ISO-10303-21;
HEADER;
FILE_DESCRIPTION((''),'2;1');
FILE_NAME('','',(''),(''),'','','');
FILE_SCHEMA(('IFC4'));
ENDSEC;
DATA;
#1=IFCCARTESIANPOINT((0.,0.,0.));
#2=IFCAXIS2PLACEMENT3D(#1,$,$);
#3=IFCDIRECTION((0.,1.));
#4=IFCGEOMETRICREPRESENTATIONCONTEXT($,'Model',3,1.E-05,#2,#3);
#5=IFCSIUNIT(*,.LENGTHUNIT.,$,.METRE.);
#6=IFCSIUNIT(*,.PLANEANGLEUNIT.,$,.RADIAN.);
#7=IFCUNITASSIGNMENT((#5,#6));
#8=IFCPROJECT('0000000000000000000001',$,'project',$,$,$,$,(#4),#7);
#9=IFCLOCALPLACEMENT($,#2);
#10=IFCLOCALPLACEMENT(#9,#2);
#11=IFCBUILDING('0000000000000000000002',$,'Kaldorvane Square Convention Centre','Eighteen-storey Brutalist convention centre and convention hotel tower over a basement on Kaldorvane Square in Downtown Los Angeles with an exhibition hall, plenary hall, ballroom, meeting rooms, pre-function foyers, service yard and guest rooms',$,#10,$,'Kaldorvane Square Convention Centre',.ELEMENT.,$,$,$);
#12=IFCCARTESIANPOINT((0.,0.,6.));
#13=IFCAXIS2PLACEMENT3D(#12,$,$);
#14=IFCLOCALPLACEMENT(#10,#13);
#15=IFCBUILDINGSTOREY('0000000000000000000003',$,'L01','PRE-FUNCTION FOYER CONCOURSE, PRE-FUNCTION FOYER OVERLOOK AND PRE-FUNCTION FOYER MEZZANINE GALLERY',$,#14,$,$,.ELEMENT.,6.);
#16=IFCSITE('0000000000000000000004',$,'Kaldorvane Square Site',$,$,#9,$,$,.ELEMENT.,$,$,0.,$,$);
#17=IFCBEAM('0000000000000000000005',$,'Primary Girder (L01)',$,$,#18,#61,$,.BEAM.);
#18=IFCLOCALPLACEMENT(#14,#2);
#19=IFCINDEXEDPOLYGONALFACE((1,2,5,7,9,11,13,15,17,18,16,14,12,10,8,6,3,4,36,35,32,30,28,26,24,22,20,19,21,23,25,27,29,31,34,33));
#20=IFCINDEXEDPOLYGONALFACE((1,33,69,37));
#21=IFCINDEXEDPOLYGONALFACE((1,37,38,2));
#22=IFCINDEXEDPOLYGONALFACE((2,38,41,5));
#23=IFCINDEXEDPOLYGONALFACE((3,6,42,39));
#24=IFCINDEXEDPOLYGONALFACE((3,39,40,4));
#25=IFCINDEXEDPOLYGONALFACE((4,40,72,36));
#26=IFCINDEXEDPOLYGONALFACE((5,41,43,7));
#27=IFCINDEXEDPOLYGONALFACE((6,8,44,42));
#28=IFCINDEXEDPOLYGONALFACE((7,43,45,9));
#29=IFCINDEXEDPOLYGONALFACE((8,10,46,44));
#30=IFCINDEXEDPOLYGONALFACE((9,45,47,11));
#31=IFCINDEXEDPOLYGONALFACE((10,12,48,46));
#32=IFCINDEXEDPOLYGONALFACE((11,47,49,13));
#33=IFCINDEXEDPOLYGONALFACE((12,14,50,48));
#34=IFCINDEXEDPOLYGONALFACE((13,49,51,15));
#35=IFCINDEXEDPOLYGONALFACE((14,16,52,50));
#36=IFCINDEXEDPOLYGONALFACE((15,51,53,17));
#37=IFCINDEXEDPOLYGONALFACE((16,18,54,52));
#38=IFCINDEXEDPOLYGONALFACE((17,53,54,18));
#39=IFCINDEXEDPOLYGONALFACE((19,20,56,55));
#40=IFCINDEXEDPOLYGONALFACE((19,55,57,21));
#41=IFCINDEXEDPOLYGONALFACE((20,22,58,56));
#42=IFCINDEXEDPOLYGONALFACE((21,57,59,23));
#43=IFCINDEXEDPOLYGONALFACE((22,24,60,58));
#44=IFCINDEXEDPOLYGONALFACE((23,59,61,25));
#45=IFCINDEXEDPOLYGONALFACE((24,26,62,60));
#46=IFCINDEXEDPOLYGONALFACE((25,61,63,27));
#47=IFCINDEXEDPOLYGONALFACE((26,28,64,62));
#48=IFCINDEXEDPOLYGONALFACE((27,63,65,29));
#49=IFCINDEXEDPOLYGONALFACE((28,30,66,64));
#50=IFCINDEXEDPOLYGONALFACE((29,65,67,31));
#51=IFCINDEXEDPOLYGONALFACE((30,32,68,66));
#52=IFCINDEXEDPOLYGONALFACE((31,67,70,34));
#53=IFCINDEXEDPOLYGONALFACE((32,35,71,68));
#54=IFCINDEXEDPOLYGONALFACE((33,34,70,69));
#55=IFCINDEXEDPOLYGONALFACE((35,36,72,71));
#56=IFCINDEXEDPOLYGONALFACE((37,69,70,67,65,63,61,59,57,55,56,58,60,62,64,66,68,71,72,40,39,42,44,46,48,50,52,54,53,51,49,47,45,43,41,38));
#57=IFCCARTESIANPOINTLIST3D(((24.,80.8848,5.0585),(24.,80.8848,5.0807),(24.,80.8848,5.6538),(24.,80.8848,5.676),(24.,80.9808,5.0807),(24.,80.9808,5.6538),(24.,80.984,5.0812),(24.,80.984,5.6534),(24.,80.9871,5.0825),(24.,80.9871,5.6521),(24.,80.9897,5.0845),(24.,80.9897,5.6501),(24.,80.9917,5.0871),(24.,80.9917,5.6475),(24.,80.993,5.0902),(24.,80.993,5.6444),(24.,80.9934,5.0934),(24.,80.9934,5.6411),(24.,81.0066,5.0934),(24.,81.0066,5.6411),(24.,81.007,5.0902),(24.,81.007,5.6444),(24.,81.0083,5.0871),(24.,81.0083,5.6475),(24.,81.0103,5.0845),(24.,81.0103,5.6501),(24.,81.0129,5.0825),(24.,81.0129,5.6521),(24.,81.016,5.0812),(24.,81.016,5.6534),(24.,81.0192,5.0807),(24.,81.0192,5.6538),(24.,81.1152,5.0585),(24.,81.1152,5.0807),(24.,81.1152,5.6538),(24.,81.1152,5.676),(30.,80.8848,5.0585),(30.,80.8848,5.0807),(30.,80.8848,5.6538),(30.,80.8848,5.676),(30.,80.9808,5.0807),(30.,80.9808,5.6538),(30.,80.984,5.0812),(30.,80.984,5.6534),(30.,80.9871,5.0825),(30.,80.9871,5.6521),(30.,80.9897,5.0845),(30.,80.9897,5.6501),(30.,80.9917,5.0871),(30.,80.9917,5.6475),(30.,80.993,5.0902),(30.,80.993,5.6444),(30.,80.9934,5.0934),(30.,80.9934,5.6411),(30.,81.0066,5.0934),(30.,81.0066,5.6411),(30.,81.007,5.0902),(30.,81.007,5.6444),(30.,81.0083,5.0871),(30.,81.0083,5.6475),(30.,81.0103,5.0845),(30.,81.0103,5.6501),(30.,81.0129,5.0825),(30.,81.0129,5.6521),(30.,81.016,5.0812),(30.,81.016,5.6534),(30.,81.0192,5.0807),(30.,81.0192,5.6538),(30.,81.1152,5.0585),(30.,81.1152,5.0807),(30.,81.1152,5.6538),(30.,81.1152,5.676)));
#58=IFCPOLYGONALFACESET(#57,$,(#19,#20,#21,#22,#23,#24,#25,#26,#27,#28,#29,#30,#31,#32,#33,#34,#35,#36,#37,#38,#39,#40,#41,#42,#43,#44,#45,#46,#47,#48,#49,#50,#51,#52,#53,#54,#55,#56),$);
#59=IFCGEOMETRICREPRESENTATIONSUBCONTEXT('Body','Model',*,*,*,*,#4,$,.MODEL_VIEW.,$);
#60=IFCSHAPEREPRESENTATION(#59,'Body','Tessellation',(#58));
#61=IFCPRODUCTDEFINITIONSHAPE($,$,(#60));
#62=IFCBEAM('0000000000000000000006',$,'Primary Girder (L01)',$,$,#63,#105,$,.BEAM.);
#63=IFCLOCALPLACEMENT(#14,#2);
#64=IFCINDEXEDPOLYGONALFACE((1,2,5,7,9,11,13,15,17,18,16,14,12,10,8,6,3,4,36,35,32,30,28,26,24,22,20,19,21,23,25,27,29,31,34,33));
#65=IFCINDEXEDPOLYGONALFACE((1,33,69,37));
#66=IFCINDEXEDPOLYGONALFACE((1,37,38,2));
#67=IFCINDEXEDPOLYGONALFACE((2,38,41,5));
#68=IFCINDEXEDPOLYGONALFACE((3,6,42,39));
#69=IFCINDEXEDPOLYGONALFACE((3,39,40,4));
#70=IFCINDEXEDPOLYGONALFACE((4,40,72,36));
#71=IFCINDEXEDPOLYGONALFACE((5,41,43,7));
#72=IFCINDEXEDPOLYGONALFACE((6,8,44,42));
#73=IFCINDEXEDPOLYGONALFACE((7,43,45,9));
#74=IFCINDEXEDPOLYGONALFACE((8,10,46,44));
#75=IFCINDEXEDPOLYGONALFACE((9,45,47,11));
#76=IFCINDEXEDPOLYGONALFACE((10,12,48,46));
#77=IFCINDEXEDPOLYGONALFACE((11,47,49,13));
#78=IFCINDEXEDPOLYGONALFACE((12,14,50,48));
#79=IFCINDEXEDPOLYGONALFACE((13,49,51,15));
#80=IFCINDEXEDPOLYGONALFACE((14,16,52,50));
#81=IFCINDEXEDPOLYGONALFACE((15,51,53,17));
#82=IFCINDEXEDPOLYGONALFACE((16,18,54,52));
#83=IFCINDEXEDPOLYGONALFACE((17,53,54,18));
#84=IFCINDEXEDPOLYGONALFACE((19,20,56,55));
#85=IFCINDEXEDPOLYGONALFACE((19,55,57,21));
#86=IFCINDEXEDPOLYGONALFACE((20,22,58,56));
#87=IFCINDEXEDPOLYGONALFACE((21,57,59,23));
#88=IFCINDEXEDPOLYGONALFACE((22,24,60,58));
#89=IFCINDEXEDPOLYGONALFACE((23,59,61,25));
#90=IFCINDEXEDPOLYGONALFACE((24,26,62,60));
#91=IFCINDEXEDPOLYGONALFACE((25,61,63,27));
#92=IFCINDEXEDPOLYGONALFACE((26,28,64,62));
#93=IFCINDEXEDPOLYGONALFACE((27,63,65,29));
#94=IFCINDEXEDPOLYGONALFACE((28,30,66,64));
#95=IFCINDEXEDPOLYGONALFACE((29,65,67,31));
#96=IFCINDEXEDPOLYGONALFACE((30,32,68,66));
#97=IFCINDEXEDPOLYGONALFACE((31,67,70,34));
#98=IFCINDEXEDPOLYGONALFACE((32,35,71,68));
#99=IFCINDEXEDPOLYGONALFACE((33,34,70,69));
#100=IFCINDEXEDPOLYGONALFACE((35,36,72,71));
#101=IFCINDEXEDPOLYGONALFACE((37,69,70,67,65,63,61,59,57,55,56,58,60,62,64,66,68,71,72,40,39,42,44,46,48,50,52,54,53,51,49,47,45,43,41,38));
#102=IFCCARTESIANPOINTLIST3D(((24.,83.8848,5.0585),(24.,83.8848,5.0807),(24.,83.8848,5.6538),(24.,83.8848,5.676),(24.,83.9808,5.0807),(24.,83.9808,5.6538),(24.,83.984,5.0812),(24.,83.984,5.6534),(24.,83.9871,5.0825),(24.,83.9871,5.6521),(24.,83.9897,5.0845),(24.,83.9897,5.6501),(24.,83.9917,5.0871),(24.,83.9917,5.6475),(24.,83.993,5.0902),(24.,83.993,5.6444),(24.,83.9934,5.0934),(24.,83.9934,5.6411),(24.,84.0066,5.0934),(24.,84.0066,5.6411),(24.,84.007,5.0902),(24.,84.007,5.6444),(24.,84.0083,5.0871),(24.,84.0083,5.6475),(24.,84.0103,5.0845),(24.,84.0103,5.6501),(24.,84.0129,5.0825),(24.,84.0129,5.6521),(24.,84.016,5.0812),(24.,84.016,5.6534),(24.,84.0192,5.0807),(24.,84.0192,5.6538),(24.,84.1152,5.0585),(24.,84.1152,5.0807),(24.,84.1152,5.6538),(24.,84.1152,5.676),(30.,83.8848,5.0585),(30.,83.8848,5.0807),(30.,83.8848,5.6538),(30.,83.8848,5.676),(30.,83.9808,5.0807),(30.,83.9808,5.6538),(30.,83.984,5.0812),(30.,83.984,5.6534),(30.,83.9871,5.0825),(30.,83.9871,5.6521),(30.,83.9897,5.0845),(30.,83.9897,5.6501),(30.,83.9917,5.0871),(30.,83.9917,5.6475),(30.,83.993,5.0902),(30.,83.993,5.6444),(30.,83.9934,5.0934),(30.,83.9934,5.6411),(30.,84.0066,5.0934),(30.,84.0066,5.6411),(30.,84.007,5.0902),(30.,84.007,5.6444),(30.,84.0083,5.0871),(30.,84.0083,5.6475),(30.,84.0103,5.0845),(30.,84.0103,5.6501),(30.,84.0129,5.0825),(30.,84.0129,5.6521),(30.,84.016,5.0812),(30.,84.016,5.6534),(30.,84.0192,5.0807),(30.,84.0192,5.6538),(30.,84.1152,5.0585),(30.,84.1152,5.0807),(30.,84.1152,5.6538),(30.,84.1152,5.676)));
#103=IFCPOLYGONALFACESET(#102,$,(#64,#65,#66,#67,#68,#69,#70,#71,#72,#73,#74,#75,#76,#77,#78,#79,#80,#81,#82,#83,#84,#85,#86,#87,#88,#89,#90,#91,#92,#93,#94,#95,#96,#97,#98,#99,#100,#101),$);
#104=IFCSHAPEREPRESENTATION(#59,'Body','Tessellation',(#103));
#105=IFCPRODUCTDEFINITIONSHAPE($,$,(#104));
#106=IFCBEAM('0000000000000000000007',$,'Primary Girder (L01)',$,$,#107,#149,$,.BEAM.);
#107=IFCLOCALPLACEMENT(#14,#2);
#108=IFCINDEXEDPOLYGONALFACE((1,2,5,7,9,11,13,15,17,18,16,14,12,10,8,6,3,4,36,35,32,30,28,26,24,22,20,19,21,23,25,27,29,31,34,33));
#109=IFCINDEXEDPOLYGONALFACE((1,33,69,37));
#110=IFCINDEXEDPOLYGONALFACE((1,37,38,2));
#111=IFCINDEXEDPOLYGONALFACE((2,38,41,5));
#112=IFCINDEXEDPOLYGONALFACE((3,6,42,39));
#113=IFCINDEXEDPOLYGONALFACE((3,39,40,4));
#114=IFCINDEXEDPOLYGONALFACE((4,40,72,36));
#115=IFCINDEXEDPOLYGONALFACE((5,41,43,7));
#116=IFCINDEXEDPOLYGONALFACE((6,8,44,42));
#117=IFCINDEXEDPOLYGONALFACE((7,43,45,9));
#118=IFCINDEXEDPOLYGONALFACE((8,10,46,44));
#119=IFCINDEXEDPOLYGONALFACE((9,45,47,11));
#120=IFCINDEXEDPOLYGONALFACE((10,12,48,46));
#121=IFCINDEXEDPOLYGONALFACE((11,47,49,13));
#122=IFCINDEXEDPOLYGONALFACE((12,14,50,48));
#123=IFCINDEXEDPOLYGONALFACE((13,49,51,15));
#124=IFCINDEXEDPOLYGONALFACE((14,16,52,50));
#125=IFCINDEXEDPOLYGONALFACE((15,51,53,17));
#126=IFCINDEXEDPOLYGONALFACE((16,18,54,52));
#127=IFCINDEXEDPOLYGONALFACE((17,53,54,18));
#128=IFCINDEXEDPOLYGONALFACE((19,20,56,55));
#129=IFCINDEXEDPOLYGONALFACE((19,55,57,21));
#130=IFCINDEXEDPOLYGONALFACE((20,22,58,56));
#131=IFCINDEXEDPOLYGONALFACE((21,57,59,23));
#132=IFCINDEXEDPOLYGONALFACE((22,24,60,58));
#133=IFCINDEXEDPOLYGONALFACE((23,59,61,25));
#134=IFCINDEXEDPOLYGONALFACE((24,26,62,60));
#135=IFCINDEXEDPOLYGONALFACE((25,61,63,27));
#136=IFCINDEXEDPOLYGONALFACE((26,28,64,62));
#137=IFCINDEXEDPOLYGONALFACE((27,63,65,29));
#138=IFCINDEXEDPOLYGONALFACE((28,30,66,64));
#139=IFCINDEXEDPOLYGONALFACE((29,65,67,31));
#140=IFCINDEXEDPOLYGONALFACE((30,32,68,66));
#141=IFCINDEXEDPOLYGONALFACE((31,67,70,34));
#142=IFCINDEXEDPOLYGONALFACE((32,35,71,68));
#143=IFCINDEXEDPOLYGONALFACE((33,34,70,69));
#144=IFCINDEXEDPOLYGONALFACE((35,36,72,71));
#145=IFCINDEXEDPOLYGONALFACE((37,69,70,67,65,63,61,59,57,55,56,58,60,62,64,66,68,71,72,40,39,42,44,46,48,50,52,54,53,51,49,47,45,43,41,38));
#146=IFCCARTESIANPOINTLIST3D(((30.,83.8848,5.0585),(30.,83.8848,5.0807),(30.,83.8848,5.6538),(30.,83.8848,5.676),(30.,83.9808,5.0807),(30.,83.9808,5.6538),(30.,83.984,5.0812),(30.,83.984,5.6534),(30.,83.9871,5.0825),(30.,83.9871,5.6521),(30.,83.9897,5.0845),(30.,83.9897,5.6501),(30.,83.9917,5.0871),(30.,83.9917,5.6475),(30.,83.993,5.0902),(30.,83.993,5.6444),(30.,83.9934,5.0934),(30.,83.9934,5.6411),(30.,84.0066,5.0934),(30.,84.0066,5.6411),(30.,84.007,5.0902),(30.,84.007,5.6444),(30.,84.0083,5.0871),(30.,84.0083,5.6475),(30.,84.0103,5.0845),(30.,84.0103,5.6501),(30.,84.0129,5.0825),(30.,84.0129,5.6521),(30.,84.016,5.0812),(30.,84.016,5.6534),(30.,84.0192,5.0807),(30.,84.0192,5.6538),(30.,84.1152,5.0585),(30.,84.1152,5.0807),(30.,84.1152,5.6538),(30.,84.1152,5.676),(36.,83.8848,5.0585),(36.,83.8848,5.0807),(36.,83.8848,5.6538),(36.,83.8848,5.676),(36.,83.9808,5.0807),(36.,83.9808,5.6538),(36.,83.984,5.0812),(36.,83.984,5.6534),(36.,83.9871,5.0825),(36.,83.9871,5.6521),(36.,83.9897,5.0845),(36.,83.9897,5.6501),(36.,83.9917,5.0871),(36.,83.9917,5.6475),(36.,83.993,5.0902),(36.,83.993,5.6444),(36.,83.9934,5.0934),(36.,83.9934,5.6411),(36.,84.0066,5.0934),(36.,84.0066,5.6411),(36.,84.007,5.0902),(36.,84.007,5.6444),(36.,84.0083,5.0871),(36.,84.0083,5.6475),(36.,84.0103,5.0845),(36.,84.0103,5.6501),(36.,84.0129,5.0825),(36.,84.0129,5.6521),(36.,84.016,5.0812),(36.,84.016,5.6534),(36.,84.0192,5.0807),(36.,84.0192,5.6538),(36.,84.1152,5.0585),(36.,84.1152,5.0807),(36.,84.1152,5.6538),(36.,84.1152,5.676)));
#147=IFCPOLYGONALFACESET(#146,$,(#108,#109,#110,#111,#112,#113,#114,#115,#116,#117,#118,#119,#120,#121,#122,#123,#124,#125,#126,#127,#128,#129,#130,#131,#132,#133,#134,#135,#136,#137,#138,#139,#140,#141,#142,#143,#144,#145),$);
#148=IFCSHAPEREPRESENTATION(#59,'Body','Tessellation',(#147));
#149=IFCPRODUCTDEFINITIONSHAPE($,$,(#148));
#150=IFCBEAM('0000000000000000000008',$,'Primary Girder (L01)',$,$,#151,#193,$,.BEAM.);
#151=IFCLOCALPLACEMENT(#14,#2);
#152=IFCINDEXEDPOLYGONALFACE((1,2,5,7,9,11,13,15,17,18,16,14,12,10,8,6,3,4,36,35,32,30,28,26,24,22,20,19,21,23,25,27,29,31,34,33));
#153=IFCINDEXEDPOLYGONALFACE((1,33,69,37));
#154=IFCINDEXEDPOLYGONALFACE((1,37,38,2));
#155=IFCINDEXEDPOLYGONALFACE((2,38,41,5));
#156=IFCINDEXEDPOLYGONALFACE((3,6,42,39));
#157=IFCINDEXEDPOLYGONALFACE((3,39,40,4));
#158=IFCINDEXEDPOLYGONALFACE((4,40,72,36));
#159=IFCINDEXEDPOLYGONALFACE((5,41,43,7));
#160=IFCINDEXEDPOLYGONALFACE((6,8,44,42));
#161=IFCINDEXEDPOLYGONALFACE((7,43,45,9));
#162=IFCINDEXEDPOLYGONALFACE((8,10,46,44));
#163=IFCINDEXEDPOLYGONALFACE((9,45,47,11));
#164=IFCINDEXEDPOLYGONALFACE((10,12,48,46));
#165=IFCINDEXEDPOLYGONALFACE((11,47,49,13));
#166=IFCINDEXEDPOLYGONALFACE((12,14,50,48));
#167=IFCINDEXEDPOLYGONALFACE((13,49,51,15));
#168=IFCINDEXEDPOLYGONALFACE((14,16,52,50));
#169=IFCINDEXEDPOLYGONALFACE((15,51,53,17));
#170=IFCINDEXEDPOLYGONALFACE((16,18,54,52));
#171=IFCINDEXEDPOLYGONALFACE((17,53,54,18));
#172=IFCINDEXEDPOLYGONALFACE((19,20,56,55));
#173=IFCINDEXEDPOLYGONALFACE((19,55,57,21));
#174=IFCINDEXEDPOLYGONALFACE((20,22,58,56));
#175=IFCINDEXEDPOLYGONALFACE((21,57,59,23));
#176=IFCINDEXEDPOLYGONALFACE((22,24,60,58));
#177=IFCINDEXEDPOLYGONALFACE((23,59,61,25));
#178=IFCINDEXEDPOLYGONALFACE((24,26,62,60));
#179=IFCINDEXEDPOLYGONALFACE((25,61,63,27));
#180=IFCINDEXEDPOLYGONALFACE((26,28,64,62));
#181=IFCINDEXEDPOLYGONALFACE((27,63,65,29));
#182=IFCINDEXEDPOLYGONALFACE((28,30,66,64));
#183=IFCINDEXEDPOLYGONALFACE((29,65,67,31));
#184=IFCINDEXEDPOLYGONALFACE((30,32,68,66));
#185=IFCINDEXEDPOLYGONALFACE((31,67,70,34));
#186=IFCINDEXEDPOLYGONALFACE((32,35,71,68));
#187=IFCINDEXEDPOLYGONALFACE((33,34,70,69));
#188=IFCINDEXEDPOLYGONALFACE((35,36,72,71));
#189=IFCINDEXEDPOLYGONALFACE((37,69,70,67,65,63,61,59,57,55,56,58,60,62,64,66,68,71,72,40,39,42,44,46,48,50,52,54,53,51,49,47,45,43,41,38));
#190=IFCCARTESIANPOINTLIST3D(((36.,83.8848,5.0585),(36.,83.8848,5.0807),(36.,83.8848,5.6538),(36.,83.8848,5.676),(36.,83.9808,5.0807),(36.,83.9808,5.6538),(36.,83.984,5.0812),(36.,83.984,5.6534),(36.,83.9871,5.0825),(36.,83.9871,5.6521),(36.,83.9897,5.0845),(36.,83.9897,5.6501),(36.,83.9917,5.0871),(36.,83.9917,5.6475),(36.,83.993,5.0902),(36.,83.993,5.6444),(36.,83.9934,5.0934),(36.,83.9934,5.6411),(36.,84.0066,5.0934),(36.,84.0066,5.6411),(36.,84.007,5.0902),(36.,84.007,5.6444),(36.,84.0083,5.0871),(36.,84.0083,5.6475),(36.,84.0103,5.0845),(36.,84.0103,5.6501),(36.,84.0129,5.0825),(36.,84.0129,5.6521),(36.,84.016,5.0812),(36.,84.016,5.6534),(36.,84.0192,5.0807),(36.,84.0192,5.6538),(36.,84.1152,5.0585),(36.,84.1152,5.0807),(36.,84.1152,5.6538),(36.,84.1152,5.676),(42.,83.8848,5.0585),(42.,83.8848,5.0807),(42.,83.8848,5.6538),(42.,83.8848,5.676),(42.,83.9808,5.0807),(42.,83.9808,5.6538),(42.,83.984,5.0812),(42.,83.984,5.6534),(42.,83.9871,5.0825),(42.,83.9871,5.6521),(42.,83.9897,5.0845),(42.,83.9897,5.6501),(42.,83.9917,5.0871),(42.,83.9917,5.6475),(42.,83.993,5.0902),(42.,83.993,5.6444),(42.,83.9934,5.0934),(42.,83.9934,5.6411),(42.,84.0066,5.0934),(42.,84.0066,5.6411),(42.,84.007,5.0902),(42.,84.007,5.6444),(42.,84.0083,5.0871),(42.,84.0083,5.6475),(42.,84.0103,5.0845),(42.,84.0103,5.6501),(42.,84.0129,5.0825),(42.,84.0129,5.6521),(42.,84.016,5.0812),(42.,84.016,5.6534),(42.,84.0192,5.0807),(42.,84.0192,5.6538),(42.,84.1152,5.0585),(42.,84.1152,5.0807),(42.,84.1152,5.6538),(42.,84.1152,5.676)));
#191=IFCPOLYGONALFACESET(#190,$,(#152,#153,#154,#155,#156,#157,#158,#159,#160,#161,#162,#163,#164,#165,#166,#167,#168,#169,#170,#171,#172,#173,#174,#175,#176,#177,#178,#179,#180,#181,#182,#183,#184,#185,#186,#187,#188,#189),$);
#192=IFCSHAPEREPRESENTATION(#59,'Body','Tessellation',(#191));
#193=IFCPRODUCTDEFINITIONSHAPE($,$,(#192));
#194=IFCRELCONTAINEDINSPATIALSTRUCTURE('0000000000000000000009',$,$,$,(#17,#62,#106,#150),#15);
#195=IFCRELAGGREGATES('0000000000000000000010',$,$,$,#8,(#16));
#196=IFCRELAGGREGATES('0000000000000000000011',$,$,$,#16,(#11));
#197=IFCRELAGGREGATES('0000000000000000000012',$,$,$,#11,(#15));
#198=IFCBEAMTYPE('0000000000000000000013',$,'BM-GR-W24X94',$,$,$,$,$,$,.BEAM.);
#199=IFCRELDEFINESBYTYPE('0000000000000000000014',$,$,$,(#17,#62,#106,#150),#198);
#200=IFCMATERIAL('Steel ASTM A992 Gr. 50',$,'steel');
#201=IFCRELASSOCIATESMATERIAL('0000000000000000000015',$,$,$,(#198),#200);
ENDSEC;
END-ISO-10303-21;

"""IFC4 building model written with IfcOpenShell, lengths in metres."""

from ifc_helpers import new_model, si_unit, direction, frame, origin, origin_2d, place, context, subcontext, project, spatial, i_section, extrude, material, material_profile, profile_set, type_object, element, save


model = new_model("IFC4")

# Units and contexts
model_context = context("Model", 3, precision=1e-05, world=origin(), true_north=direction((0.0, 1.0)))
body_context = subcontext(model_context, "Body", "Model", "MODEL_VIEW")
ifc_project = project(units=[si_unit("LENGTHUNIT", "METRE"), si_unit("PLANEANGLEUNIT", "RADIAN")], contexts=[model_context])

# Site, building, storey
site_placement = place(None, origin())
site = spatial("IfcSite", under=ifc_project, at=site_placement, Name="Kaldorvane Square Site", CompositionType="ELEMENT", RefElevation=0.0)
building_placement = place(site_placement, origin())
building = spatial("IfcBuilding", under=site, at=building_placement, Name="Kaldorvane Square Convention Centre", Description="Eighteen-storey Brutalist convention centre and convention hotel tower over a basement on Kaldorvane Square in Downtown Los Angeles with an exhibition hall, plenary hall, ballroom, meeting rooms, pre-function foyers, service yard and guest rooms", LongName="Kaldorvane Square Convention Centre", CompositionType="ELEMENT")
storey_placement = place(building_placement, frame((0.0, 0.0, 6.0)))
storey = spatial("IfcBuildingStorey", under=building, at=storey_placement, Name="L01", Description="PRE-FUNCTION FOYER CONCOURSE, PRE-FUNCTION FOYER OVERLOOK AND PRE-FUNCTION FOYER MEZZANINE GALLERY", CompositionType="ELEMENT", Elevation=6.0)

# Shared definitions
ifc_material_1 = material(Name="Steel ASTM A992 Gr. 50", Category="steel")

# Beams
ifc_material_profile_1 = material_profile(ifc_material_1, i_section(OverallWidth=0.2303, OverallDepth=0.6175, WebThickness=0.0131, FlangeThickness=0.0222, FilletRadius=0.0127, at=origin_2d()), Name="W24X94")
ifc_profile_set_1 = profile_set([ifc_material_profile_1], Name="Steel ASTM A992 Gr. 50")
beam_type_1 = type_object("IfcBeamType", Name="BM-GR-W24X94", PredefinedType="BEAM", material=ifc_profile_set_1)
for number, where, z_axis, x_axis, name in (
    (1, (24.0, 81.0, 5.3673), (1.0, 0.0, 0.0), (0.0, 1.0, 0.0), "Primary Girder (L01)"),
    (2, (24.0, 84.0, 5.3673), (1.0, 0.0, 0.0), (0.0, 1.0, 0.0), "Primary Girder (L01)"),
    (3, (30.0, 84.0, 5.3673), (1.0, 0.0, 0.0), (0.0, 1.0, 0.0), "Primary Girder (L01)"),
    (4, (36.0, 84.0, 5.3673), (1.0, 0.0, 0.0), (0.0, 1.0, 0.0), "Primary Girder (L01)"),
):
    element("IfcBeam", number, at=place(storey_placement, frame(where, z_axis=z_axis, x_axis=x_axis)), inside=storey, type_object=beam_type_1, Name=name, PredefinedType="BEAM", context=body_context, shape_type="SweptSolid", body=[
        extrude(i_section(OverallWidth=0.2303, OverallDepth=0.6175, WebThickness=0.0131, FlangeThickness=0.0222, FilletRadius=0.0127, at=origin_2d()), origin(), (0.0, 0.0, 1.0), 6.0),
    ])

save(model, "model.ifc")
